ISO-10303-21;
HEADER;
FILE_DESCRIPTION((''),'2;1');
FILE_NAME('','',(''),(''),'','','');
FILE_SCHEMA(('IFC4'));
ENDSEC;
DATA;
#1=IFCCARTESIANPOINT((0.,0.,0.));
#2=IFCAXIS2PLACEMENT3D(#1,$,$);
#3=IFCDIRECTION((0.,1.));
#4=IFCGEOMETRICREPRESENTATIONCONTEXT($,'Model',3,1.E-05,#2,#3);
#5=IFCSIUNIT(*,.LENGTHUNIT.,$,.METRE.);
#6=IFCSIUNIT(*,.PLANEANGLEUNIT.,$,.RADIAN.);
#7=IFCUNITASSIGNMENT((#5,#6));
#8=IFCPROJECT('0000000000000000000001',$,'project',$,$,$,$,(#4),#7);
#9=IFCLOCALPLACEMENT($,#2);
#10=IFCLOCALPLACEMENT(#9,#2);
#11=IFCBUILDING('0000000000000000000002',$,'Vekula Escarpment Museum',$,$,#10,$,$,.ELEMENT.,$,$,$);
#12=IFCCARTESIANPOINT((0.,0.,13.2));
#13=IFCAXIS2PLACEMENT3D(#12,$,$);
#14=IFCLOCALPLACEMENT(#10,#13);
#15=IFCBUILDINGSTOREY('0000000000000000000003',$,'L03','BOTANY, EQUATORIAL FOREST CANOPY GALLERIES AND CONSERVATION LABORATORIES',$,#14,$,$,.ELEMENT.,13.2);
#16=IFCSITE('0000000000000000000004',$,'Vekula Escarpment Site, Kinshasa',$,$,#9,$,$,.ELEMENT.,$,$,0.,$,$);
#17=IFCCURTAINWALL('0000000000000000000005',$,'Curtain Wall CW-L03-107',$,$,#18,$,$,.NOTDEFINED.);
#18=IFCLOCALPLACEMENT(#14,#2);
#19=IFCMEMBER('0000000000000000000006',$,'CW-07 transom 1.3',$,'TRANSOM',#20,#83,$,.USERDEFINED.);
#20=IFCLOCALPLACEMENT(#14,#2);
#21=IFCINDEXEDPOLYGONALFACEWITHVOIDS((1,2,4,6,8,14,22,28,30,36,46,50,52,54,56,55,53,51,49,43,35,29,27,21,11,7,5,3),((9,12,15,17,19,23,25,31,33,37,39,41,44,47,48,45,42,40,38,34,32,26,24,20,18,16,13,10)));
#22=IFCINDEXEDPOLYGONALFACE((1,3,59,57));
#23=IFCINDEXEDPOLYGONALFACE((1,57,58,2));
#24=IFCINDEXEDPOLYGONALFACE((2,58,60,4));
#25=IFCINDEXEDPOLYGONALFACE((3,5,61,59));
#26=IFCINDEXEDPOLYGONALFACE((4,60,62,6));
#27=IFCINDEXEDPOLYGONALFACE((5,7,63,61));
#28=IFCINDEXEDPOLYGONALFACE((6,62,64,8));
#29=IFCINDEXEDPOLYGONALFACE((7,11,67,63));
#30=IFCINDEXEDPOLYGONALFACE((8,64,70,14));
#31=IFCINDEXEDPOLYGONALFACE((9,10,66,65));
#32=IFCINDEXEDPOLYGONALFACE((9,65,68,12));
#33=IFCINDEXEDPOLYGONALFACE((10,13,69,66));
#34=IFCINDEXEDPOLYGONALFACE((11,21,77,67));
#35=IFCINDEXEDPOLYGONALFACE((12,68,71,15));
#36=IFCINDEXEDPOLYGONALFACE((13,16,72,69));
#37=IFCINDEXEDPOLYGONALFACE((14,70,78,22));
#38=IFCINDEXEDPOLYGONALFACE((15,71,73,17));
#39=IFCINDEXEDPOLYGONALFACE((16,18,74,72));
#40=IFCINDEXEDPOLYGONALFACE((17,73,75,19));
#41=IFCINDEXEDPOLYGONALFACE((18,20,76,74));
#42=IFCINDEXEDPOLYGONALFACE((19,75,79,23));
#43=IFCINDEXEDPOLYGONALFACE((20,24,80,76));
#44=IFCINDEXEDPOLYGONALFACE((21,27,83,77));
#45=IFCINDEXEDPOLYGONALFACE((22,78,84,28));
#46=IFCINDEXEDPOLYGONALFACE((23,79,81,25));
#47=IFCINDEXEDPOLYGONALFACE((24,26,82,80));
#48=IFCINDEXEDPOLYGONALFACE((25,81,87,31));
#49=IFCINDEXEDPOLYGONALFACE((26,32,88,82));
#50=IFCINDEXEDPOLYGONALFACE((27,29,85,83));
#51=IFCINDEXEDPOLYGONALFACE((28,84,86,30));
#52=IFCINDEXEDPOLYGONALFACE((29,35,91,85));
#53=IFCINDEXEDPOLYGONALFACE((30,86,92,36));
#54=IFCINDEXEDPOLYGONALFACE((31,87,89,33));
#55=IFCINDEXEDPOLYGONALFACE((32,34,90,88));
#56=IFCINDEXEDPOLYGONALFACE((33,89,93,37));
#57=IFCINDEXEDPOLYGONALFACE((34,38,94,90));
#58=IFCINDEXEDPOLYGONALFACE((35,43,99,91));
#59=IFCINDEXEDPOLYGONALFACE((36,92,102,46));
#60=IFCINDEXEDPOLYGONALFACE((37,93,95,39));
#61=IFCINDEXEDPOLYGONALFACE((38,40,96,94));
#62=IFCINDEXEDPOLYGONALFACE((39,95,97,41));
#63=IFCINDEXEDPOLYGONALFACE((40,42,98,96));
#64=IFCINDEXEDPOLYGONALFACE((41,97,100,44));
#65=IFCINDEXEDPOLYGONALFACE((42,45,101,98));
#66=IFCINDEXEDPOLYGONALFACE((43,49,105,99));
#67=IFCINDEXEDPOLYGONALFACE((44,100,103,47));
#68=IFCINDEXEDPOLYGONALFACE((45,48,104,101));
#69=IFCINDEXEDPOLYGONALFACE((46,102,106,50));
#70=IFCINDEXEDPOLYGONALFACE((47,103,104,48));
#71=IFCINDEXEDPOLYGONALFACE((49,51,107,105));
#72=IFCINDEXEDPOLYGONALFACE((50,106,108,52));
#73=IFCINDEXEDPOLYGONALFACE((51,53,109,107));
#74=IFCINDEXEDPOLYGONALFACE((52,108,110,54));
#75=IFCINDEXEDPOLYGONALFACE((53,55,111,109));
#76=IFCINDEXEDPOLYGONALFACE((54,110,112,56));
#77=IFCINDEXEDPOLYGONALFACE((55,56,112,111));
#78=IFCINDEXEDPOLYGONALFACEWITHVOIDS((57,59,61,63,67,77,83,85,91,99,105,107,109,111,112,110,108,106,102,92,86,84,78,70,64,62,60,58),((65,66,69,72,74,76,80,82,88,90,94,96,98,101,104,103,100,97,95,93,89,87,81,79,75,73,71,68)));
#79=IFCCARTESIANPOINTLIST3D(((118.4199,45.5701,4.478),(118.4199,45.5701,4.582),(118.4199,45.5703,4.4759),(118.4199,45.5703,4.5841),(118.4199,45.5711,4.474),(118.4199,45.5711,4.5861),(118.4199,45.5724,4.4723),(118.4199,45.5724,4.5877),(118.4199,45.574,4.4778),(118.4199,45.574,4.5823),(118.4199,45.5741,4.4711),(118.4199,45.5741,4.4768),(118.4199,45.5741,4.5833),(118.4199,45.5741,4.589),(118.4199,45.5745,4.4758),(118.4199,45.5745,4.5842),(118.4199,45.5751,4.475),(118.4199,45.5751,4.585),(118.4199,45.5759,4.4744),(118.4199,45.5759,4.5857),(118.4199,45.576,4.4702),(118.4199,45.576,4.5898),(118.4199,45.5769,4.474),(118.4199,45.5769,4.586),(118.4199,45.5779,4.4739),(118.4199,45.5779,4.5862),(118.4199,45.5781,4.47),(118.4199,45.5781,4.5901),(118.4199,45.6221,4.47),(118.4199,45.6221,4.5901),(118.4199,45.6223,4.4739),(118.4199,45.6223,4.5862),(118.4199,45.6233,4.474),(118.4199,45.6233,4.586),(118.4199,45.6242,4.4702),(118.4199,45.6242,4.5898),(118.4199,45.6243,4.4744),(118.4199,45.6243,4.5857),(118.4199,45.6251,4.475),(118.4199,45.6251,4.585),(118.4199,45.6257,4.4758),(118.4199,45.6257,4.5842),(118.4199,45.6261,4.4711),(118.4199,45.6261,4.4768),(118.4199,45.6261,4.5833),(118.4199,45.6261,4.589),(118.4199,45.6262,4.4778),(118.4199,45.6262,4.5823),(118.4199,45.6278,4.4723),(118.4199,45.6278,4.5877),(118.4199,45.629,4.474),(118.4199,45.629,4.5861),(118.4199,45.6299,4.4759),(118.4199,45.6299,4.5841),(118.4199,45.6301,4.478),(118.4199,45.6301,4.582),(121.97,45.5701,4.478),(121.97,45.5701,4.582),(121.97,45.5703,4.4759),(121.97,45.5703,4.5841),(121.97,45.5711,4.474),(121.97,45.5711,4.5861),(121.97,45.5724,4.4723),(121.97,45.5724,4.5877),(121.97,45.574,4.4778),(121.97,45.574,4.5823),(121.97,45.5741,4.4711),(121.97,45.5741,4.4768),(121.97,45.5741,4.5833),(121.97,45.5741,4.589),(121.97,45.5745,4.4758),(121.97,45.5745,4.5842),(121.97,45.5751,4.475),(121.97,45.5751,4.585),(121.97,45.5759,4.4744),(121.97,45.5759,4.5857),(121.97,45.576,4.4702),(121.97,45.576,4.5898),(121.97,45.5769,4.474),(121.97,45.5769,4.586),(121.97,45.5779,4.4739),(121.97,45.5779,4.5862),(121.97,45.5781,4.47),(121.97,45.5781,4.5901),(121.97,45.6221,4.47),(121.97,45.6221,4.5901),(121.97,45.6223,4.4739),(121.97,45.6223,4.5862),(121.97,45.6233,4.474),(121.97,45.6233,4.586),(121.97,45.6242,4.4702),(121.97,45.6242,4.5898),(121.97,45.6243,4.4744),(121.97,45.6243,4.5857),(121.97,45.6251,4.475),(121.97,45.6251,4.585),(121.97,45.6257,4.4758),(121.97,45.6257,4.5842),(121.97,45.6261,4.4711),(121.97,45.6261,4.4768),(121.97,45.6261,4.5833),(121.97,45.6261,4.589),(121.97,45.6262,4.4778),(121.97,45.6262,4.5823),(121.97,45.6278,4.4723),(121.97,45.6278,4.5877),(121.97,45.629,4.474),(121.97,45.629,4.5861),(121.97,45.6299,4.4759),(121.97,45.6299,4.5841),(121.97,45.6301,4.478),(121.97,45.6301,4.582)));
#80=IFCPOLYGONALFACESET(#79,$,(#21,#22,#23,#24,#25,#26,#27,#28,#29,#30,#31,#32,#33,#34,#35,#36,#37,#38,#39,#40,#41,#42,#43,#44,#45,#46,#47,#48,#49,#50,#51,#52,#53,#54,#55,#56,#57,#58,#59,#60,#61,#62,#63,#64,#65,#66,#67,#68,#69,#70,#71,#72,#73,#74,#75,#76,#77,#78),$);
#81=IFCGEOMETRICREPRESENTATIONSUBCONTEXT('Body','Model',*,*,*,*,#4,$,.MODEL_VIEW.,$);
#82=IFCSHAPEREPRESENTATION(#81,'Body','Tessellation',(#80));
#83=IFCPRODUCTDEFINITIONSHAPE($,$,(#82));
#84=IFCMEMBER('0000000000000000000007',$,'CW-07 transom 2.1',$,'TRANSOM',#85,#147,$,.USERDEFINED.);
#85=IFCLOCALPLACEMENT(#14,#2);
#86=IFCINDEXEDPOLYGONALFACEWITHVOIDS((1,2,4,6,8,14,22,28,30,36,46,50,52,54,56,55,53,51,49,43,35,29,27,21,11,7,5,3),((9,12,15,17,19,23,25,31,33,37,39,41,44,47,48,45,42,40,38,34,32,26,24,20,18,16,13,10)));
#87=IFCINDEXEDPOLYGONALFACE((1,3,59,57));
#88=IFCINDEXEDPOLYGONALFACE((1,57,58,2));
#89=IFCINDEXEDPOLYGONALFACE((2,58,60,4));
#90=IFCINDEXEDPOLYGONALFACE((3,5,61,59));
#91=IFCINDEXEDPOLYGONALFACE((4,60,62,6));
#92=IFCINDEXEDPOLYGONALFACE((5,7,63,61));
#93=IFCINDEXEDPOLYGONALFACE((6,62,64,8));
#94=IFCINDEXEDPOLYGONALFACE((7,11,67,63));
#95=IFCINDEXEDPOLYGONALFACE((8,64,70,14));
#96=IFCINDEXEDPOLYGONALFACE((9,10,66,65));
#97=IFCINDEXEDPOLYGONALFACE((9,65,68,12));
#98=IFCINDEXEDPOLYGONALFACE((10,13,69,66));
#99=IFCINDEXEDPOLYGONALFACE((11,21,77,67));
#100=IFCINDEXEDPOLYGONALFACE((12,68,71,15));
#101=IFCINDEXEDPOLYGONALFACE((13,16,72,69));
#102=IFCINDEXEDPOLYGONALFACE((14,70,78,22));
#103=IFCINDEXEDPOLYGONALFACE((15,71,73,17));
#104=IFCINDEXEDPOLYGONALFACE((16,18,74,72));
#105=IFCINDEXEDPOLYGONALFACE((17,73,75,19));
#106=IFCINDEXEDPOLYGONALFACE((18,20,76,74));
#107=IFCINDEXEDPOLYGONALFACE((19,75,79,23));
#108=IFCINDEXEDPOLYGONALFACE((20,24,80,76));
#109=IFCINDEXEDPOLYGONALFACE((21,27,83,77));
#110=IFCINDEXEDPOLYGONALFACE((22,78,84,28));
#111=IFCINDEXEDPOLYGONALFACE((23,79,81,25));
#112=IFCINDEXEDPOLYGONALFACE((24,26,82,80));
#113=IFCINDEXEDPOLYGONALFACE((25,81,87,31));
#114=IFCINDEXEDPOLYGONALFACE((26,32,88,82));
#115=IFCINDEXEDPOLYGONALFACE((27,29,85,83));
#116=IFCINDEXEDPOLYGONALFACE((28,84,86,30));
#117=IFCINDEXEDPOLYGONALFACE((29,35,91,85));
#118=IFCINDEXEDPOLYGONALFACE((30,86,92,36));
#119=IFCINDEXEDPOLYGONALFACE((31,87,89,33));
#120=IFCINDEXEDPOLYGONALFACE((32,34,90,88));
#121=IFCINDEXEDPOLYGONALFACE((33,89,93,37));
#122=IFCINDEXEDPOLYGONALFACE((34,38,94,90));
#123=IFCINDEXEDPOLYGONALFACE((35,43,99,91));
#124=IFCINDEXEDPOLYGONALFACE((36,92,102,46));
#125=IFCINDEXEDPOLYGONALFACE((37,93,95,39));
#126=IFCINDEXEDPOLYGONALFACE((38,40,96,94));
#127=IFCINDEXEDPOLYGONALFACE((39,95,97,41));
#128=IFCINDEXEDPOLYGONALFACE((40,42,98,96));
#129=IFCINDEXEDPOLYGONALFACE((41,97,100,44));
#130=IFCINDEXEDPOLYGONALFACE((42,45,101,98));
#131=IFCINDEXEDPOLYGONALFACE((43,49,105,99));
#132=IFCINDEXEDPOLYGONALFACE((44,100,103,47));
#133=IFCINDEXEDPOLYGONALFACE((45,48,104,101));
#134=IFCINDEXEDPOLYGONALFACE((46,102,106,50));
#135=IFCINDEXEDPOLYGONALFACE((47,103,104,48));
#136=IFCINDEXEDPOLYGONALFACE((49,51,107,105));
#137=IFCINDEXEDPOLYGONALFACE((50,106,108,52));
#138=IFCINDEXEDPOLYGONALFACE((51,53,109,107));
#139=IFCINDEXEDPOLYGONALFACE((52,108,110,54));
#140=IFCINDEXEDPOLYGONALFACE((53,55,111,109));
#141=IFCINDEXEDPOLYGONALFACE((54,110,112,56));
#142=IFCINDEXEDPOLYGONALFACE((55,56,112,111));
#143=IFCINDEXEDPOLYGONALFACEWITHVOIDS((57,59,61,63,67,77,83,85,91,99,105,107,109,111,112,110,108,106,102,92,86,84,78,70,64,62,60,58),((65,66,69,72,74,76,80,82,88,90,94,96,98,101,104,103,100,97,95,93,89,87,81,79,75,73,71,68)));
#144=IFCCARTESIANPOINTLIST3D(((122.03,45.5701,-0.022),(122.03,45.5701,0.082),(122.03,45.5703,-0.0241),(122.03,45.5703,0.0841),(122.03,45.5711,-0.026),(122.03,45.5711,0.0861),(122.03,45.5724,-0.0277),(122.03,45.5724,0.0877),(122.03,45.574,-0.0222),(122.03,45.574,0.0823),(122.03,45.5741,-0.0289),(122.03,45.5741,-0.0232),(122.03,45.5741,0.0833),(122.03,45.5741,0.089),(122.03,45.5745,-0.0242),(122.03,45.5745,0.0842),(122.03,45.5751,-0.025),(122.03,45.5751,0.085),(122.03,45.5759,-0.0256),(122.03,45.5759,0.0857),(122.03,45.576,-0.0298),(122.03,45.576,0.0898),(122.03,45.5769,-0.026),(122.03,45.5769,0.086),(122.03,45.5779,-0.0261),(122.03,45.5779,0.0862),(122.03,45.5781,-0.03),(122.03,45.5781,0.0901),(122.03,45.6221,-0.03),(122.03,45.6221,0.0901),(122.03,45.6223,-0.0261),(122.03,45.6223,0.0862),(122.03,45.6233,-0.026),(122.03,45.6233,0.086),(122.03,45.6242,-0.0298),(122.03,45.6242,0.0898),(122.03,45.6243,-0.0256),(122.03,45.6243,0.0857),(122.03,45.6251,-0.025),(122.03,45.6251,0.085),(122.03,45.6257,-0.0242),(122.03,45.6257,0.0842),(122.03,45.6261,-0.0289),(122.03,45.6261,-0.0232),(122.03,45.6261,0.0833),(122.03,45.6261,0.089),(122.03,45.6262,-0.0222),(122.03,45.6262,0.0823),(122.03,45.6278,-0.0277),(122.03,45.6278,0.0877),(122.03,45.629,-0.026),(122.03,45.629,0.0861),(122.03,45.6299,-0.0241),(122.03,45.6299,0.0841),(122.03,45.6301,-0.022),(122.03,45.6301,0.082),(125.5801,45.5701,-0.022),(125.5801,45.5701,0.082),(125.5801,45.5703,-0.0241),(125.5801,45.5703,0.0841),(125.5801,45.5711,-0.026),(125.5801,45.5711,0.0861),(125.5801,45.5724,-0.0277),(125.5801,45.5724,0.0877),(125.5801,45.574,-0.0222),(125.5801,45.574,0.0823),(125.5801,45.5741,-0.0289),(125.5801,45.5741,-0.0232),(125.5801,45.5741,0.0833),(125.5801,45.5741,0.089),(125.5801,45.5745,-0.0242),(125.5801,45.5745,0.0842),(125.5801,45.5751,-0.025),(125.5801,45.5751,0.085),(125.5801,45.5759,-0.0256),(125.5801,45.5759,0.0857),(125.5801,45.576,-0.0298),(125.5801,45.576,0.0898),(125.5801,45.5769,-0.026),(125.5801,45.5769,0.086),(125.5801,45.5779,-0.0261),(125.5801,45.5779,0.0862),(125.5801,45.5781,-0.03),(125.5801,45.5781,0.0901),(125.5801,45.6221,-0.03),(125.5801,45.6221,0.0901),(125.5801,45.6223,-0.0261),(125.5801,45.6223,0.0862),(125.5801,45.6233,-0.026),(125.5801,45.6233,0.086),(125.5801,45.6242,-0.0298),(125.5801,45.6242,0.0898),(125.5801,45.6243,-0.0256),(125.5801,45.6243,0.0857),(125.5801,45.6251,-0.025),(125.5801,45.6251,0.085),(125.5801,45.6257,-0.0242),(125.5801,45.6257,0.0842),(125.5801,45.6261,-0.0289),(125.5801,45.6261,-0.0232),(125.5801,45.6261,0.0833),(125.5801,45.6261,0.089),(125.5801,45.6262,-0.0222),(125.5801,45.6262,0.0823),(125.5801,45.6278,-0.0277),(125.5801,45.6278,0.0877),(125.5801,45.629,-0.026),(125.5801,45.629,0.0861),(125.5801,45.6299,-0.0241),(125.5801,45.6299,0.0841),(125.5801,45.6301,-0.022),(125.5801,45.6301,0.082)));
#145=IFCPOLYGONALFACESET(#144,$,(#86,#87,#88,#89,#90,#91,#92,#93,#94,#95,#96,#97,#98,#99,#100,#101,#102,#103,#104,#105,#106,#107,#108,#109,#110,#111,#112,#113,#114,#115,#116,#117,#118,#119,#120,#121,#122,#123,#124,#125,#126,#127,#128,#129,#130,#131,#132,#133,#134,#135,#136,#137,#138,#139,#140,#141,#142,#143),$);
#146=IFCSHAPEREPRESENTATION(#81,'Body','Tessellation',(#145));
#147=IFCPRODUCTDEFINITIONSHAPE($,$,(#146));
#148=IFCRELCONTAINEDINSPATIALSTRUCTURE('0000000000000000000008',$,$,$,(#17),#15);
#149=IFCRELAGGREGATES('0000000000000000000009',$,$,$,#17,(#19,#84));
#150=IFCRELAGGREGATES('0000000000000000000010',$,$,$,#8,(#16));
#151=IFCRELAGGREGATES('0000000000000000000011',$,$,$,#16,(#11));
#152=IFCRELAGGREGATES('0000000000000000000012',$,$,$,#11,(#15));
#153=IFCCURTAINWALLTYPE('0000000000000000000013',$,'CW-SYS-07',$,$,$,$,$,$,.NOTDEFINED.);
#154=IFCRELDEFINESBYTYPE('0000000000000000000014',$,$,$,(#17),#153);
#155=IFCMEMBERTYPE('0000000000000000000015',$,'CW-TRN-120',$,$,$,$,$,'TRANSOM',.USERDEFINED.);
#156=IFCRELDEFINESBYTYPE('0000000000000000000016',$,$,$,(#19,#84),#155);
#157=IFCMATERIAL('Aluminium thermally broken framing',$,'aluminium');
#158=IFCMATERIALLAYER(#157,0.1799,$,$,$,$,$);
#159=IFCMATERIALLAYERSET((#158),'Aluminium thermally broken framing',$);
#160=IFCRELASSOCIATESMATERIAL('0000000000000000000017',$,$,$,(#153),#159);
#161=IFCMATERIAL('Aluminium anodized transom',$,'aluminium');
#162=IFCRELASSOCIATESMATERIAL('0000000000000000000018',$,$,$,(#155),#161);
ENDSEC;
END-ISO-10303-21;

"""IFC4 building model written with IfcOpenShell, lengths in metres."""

from ifc_helpers import new_model, si_unit, direction, frame, origin, origin_2d, place, context, subcontext, project, spatial, hollow_rectangle, extrude, material, layer, layer_set, material_profile, profile_set, type_object, element, aggregate, save


model = new_model("IFC4")

# Units and contexts
model_context = context("Model", 3, precision=1e-05, world=origin(), true_north=direction((0.0, 1.0)))
body_context = subcontext(model_context, "Body", "Model", "MODEL_VIEW")
ifc_project = project(units=[si_unit("LENGTHUNIT", "METRE"), si_unit("PLANEANGLEUNIT", "RADIAN")], contexts=[model_context])

# Site, building, storey
site_placement = place(None, origin())
site = spatial("IfcSite", under=ifc_project, at=site_placement, Name="Vekula Escarpment Site, Kinshasa", CompositionType="ELEMENT", RefElevation=0.0)
building_placement = place(site_placement, origin())
building = spatial("IfcBuilding", under=site, at=building_placement, Name="Vekula Escarpment Museum", CompositionType="ELEMENT")
storey_placement = place(building_placement, frame((0.0, 0.0, 13.2)))
storey = spatial("IfcBuildingStorey", under=building, at=storey_placement, Name="L03", Description="BOTANY, EQUATORIAL FOREST CANOPY GALLERIES AND CONSERVATION LABORATORIES", CompositionType="ELEMENT", Elevation=13.2)

# Curtain wall
ifc_material_1 = material(Name="Aluminium thermally broken framing", Category="aluminium")
ifc_layer_1 = layer(ifc_material_1, 0.1799)
ifc_layer_set_1 = layer_set([ifc_layer_1], Name="Aluminium thermally broken framing")
curtain_wall_type_1 = type_object("IfcCurtainWallType", Name="CW-SYS-07", PredefinedType="NOTDEFINED", material=ifc_layer_set_1)
curtain_wall_1_placement = place(storey_placement, origin())
curtain_wall_1 = element("IfcCurtainWall", 1, at=curtain_wall_1_placement, inside=storey, type_object=curtain_wall_type_1, Name="Curtain Wall CW-L03-107", PredefinedType="NOTDEFINED")

# Members
ifc_material_2 = material(Name="Aluminium anodized transom", Category="aluminium")
ifc_material_profile_1 = material_profile(ifc_material_2, hollow_rectangle(XDim=0.0601, YDim=0.1201, WallThickness=0.0039, InnerFilletRadius=0.0039, OuterFilletRadius=0.0081, at=origin_2d()), Name="ALU 120x60x4")
ifc_profile_set_1 = profile_set([ifc_material_profile_1], Name="Aluminium anodized transom")
member_type_1 = type_object("IfcMemberType", Name="CW-TRN-120", ElementType="TRANSOM", PredefinedType="USERDEFINED", material=ifc_profile_set_1)
member_1_placement = place(storey_placement, frame((118.4199, 45.6001, 4.53), z_axis=(1.0, 0.0, 0.0), x_axis=(0.0, 1.0, 0.0)))
member_1 = element("IfcMember", 2, at=member_1_placement, type_object=member_type_1, Name="CW-07 transom 1.3", ObjectType="TRANSOM", PredefinedType="USERDEFINED", context=body_context, shape_type="SweptSolid", body=[
    extrude(hollow_rectangle(XDim=0.0601, YDim=0.1201, WallThickness=0.0039, InnerFilletRadius=0.0039, OuterFilletRadius=0.0081, at=origin_2d()), origin(), (0.0, 0.0, 1.0), 3.55),
])
member_2_placement = place(storey_placement, frame((122.03, 45.6001, 0.03), z_axis=(1.0, 0.0, 0.0), x_axis=(0.0, 1.0, 0.0)))
member_2 = element("IfcMember", 3, at=member_2_placement, type_object=member_type_1, Name="CW-07 transom 2.1", ObjectType="TRANSOM", PredefinedType="USERDEFINED", context=body_context, shape_type="SweptSolid", body=[
    extrude(hollow_rectangle(XDim=0.0601, YDim=0.1201, WallThickness=0.0039, InnerFilletRadius=0.0039, OuterFilletRadius=0.0081, at=origin_2d()), origin(), (0.0, 0.0, 1.0), 3.55),
])

aggregate(curtain_wall_1, [member_1, member_2])

save(model, "model.ifc")
